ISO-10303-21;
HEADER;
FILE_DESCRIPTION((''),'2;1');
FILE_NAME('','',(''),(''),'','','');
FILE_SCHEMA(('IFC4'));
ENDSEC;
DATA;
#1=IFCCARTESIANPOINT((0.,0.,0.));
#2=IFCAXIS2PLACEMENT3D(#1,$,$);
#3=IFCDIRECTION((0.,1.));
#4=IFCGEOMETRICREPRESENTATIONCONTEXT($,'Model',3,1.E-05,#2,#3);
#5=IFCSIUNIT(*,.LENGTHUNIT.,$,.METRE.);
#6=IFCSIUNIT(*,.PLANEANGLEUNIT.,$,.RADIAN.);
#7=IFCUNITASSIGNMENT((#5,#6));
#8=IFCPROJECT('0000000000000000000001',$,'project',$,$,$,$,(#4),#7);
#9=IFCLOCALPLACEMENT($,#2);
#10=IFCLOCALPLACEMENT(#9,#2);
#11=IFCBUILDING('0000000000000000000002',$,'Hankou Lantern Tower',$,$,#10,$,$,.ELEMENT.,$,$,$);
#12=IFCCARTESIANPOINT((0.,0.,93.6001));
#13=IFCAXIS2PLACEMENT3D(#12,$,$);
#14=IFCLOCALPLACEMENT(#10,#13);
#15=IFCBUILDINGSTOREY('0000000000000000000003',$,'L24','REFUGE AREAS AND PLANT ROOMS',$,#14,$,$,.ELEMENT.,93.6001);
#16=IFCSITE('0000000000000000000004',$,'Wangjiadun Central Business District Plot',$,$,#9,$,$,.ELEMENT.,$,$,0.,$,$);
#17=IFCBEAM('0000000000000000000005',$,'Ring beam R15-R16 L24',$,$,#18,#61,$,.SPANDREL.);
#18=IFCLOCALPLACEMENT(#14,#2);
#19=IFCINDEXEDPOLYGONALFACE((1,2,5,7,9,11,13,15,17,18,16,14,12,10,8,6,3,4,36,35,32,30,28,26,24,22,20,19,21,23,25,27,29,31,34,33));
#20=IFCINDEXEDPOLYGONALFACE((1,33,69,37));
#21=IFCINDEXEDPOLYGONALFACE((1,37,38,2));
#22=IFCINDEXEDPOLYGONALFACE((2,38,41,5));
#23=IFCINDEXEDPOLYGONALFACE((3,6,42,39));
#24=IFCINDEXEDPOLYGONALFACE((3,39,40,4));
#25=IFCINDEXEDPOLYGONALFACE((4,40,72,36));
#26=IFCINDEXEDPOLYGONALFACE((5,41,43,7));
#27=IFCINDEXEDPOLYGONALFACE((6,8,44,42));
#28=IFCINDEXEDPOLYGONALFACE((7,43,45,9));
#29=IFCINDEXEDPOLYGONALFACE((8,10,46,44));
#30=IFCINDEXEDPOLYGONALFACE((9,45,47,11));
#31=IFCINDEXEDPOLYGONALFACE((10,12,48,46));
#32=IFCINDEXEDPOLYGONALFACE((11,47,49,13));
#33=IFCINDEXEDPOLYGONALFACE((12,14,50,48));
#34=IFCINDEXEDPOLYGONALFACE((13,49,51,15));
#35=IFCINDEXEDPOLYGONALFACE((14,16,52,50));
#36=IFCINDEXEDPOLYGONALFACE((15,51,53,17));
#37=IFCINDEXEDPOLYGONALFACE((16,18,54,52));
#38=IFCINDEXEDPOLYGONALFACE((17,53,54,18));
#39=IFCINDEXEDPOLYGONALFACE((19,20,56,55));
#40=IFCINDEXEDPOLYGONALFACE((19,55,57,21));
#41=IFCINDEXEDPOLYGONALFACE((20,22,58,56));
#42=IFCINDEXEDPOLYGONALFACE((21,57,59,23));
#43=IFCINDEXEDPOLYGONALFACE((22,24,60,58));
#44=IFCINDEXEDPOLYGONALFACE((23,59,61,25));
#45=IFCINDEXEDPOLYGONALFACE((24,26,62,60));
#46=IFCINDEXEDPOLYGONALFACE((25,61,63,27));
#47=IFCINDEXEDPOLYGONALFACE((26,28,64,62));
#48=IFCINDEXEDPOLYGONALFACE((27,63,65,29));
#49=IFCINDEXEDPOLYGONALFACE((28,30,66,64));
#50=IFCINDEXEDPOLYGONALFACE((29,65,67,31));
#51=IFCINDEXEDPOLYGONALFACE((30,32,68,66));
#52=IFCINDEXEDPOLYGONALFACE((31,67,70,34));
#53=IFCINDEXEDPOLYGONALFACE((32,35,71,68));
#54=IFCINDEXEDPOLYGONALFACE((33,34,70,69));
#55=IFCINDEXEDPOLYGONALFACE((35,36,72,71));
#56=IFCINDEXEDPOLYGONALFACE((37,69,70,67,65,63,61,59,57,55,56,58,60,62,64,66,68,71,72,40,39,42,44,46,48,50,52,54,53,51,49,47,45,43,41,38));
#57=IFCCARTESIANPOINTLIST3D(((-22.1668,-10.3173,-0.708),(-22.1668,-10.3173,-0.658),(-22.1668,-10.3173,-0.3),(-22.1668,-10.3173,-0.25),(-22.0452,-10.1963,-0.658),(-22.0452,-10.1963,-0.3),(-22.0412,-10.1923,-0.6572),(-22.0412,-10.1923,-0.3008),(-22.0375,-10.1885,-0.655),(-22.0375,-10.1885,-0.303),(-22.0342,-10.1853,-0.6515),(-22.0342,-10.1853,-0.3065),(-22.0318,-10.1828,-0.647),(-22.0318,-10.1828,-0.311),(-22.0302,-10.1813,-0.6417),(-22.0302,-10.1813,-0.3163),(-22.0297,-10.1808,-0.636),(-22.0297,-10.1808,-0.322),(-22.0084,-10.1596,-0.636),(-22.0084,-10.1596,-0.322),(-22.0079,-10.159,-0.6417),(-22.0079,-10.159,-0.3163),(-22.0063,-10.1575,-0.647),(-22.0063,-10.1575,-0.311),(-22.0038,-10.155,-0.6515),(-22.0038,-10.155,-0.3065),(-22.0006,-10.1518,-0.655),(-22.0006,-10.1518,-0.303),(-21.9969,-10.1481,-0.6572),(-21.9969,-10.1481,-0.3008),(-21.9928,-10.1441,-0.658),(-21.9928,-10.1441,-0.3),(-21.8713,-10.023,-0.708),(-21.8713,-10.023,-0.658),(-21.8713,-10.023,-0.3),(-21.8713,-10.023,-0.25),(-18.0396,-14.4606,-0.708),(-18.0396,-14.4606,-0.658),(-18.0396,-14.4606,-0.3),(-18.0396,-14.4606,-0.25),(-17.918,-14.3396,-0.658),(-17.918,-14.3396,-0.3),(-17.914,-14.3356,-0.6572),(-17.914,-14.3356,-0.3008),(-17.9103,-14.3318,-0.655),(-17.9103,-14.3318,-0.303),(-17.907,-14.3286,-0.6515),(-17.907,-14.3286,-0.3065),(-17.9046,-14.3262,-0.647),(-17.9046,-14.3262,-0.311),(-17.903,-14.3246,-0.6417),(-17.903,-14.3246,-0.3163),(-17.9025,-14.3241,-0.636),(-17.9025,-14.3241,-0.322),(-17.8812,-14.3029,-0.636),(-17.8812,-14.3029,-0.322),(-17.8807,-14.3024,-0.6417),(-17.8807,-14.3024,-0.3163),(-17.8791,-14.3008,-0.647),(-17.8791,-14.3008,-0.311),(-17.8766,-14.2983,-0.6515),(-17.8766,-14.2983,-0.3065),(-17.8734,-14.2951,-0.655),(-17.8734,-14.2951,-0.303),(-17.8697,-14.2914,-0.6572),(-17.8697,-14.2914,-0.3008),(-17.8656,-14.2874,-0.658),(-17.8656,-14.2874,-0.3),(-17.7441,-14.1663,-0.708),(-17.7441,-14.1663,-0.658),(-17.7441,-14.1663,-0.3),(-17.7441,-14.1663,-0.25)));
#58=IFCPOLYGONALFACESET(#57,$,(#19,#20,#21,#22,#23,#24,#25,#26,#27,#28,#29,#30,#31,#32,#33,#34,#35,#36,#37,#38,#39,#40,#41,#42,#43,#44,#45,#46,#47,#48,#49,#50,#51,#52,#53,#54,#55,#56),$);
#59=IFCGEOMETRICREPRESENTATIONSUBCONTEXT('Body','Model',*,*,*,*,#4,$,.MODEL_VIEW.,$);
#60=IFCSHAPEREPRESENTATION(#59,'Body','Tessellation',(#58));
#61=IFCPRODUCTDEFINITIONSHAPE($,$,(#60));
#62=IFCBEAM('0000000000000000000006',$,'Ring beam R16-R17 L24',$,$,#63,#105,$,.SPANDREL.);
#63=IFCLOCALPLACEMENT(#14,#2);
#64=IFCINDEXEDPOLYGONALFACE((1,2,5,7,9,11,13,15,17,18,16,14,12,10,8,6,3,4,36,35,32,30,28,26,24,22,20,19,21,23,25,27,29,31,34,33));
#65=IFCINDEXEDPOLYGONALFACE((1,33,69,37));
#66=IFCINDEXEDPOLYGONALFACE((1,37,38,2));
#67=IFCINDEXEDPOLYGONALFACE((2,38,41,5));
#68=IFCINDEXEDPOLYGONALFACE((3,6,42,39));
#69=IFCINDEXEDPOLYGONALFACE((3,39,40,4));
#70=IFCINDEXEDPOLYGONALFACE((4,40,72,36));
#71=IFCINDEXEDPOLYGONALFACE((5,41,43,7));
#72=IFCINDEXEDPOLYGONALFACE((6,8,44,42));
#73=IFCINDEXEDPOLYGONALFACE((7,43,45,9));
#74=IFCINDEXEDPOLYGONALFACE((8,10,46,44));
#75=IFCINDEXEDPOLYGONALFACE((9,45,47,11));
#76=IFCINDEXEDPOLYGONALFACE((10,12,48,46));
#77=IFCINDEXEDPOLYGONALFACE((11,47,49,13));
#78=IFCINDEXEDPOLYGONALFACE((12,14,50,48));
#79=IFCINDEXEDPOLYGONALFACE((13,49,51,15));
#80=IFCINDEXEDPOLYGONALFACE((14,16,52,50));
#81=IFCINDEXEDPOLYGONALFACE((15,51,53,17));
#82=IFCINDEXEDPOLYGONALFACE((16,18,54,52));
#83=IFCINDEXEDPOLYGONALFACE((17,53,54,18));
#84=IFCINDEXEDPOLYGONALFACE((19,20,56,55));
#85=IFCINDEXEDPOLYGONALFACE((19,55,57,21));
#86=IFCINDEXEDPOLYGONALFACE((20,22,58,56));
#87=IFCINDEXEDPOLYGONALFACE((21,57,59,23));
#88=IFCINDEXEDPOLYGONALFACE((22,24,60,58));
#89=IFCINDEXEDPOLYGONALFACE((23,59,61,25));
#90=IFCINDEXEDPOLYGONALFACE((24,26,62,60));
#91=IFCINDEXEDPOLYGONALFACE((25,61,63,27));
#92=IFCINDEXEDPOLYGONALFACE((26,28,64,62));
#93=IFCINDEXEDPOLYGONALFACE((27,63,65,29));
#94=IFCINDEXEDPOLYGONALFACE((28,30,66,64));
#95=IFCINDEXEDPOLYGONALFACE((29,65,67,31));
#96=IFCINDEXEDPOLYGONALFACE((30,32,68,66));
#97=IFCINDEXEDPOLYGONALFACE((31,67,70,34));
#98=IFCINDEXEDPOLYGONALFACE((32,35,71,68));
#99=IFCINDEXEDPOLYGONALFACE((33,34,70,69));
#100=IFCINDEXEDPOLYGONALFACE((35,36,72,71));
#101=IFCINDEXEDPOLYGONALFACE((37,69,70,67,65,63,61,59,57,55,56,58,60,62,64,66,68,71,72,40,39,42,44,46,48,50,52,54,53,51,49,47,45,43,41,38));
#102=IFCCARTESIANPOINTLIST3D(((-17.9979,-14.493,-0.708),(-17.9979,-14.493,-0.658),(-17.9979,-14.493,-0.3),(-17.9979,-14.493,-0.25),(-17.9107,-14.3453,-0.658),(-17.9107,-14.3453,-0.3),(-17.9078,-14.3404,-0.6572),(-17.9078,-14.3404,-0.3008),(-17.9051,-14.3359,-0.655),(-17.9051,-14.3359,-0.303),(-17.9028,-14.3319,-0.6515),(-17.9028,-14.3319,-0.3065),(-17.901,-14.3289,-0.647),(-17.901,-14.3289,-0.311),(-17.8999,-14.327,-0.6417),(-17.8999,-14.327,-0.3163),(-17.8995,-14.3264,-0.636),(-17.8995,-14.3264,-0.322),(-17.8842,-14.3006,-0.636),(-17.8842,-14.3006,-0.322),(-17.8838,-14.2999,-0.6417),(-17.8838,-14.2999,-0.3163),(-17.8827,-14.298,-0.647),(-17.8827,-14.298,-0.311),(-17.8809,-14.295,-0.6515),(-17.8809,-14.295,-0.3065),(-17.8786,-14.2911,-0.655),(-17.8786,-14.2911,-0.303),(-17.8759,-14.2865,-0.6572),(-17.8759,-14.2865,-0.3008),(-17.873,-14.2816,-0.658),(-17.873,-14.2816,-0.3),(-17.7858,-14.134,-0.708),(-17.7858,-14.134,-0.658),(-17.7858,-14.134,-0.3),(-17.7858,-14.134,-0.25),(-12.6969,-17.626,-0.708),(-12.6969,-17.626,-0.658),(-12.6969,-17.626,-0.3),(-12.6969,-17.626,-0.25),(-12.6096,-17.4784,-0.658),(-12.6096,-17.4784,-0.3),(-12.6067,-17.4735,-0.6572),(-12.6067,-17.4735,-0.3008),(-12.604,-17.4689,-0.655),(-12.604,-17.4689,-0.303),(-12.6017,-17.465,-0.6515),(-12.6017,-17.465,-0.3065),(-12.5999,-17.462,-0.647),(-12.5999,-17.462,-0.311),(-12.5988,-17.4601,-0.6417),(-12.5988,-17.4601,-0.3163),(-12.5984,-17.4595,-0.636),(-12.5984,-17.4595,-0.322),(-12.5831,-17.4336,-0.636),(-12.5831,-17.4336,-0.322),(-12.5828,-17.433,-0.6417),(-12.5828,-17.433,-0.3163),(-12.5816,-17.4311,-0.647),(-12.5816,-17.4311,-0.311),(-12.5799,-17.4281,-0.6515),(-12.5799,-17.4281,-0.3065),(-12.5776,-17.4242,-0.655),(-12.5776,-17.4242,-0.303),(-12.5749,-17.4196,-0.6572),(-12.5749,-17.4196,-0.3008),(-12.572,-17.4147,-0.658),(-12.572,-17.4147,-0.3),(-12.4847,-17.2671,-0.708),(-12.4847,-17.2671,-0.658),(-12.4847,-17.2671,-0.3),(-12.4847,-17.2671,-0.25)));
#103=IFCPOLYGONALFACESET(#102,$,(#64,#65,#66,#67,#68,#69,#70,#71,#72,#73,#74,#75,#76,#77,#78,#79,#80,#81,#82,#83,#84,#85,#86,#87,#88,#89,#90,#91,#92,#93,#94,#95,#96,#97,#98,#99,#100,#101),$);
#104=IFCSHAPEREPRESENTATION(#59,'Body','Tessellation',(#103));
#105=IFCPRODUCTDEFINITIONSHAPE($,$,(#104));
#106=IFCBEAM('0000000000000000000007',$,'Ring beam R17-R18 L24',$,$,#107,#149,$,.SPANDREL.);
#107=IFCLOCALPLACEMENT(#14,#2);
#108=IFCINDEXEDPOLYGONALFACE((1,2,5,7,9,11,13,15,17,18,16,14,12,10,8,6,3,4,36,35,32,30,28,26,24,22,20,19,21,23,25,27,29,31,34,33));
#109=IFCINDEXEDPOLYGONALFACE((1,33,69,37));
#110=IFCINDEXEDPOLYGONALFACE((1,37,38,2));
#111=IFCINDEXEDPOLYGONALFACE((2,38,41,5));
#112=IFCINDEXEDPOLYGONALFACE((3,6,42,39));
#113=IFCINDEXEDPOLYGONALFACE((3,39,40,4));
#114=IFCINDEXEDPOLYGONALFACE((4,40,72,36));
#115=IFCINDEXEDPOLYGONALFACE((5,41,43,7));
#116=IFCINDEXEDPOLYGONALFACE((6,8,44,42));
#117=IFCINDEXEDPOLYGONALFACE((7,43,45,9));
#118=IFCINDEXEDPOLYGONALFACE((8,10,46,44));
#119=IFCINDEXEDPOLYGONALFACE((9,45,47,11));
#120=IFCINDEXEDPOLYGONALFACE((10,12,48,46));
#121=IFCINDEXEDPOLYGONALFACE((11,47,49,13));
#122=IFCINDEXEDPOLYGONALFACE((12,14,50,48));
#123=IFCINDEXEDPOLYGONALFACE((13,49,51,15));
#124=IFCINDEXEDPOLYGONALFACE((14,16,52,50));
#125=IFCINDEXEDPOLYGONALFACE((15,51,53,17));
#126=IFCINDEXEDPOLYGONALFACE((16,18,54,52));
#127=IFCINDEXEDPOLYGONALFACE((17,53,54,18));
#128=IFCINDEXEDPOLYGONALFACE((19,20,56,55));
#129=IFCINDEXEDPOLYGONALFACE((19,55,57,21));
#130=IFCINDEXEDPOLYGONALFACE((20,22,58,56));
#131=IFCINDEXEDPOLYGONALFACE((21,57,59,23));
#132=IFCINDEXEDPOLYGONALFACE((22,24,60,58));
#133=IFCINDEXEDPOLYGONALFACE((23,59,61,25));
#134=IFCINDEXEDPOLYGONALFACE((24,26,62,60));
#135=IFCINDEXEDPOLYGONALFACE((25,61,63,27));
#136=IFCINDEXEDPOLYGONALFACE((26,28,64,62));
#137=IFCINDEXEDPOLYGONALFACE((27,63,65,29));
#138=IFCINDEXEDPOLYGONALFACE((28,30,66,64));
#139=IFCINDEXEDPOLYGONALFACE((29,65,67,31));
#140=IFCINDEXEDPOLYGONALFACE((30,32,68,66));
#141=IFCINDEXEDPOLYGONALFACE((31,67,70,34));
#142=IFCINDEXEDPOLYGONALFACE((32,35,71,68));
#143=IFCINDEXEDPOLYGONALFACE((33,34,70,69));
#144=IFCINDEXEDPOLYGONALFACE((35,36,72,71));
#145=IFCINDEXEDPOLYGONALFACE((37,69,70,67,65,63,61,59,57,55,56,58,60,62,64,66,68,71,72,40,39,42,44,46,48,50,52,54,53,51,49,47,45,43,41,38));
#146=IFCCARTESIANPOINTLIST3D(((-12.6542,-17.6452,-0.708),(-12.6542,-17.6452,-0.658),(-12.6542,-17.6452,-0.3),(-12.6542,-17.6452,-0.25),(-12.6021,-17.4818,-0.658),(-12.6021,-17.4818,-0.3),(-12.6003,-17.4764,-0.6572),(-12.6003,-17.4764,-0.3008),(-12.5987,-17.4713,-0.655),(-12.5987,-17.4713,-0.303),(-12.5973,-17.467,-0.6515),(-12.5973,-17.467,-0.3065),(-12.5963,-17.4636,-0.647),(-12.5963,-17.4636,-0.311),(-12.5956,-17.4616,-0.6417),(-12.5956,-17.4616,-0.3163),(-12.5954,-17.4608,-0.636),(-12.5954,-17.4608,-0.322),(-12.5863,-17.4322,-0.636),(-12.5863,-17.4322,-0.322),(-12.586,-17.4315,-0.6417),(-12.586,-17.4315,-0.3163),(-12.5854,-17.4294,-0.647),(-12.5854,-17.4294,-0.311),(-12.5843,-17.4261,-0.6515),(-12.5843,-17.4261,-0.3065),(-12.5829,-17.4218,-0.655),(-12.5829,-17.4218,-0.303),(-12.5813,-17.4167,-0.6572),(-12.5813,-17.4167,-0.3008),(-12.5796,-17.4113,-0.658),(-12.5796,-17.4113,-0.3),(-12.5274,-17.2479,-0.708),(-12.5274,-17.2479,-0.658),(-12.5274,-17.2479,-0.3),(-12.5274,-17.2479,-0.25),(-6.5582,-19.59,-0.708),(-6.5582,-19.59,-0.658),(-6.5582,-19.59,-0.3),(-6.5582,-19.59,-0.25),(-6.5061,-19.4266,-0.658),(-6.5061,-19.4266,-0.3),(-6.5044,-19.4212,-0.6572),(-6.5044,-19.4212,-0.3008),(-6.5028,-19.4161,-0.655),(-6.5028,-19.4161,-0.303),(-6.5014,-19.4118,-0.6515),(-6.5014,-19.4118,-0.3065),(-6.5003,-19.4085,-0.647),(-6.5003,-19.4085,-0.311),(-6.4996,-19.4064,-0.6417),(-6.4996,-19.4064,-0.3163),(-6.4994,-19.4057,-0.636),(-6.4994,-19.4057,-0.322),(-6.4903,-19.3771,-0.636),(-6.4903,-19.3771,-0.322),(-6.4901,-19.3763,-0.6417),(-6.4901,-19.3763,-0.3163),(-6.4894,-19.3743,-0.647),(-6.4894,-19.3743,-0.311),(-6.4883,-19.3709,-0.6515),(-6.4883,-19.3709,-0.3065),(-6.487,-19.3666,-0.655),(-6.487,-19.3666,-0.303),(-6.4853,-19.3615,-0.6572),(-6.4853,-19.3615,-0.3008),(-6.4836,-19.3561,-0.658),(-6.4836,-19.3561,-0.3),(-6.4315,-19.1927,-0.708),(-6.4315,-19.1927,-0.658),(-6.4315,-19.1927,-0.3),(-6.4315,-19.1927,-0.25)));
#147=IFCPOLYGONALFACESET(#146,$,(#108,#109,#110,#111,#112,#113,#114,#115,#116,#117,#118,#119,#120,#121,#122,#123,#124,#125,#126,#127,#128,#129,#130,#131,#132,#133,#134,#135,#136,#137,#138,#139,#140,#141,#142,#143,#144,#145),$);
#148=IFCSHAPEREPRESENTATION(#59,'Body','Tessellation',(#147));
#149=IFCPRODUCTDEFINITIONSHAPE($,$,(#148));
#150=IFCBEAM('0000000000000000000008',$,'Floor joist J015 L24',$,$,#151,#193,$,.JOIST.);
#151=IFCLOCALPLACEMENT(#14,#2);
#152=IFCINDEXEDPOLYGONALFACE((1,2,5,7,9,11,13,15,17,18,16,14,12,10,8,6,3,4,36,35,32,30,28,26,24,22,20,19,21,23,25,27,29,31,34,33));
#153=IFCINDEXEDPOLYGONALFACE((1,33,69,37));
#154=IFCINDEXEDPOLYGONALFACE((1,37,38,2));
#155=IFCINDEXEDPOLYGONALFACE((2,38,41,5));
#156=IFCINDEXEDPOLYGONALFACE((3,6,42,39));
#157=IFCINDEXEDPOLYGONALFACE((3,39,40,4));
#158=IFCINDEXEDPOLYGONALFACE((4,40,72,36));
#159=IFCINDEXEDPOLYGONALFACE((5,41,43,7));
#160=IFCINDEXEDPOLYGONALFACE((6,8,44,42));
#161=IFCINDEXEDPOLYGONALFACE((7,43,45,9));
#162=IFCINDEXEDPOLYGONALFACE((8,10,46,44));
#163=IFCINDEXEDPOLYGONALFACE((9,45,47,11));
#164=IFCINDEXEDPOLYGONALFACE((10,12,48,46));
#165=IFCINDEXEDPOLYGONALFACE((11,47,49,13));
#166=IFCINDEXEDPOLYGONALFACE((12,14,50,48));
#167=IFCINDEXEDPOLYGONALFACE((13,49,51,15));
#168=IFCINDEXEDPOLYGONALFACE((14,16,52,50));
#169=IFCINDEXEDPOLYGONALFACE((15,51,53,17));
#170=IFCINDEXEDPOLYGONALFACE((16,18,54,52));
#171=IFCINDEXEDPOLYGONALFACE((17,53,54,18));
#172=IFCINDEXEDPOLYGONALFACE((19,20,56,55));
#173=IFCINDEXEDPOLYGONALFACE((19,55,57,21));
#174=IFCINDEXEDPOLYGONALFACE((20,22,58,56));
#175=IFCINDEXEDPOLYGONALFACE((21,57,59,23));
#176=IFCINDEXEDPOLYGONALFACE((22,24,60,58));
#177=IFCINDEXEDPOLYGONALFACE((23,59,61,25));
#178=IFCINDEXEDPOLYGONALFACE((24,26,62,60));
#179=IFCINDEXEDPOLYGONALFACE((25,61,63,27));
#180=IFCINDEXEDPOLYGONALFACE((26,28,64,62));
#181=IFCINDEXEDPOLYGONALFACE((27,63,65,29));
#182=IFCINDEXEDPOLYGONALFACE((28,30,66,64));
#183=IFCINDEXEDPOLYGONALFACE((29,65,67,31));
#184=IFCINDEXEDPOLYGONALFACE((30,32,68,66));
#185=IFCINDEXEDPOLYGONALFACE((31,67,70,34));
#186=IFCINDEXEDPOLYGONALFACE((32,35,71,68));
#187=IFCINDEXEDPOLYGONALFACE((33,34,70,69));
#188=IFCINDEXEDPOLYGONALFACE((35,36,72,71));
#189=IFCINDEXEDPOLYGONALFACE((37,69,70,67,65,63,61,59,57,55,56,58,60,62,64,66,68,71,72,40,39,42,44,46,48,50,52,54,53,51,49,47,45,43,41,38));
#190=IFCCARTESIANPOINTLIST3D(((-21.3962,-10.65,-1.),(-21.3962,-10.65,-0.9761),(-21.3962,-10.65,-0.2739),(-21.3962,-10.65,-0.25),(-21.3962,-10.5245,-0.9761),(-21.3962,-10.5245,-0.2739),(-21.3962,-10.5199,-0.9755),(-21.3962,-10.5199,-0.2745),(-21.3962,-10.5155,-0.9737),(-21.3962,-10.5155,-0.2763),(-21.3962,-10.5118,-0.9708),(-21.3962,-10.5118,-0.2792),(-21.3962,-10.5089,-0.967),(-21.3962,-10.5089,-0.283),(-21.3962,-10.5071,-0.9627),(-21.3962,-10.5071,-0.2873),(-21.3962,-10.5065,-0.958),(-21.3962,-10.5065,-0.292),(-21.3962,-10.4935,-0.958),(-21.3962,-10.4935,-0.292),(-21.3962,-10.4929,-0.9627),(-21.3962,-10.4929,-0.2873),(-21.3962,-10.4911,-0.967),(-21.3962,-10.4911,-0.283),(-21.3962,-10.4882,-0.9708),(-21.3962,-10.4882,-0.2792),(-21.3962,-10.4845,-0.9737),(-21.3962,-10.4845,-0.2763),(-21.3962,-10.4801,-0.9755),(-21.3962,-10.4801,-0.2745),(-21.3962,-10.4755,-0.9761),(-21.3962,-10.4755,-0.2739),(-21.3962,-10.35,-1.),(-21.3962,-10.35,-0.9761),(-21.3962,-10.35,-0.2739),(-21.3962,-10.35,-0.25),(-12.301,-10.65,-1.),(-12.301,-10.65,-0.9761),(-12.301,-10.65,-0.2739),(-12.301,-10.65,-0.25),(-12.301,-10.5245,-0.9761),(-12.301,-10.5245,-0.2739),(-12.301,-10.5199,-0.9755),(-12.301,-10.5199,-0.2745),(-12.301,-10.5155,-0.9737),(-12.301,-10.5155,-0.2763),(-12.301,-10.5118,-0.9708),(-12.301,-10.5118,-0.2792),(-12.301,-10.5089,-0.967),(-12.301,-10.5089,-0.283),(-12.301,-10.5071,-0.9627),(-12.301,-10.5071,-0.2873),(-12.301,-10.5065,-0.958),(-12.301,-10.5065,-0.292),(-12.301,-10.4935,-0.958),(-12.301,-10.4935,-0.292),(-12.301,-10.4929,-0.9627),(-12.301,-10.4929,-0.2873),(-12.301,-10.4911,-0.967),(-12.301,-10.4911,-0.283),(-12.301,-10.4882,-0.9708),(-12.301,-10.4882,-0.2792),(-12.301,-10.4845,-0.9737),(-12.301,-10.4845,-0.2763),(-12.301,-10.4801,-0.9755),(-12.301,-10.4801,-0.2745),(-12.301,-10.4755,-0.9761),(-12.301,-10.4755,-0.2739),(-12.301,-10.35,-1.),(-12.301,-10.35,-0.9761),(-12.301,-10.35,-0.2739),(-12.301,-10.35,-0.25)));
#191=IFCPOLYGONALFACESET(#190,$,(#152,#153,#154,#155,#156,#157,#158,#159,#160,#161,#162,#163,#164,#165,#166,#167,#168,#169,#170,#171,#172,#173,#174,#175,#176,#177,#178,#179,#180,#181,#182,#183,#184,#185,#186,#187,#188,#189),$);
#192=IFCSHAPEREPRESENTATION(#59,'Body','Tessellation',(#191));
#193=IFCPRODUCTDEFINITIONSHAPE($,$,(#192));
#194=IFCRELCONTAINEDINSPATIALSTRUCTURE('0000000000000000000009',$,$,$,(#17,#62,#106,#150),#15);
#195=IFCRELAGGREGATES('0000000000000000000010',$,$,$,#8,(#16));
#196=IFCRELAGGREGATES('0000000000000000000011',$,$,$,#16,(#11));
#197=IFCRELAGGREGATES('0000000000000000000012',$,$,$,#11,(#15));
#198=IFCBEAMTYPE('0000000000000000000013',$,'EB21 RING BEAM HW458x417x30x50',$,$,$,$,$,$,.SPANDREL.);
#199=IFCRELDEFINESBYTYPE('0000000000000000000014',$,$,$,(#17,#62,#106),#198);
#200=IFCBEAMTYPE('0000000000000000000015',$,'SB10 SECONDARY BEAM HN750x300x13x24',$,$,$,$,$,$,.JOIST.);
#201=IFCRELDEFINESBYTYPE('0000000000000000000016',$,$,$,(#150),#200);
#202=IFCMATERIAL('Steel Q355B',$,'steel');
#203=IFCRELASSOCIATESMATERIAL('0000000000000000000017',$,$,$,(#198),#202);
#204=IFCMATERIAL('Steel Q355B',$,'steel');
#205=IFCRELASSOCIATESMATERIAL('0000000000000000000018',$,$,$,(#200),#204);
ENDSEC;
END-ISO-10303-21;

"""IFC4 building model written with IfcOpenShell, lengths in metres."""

from ifc_helpers import new_model, si_unit, direction, frame, origin, origin_2d, place, context, subcontext, project, spatial, i_section, extrude, material, material_profile, profile_set, type_object, element, save


model = new_model("IFC4")

# Units and contexts
model_context = context("Model", 3, precision=1e-05, world=origin(), true_north=direction((0.0, 1.0)))
body_context = subcontext(model_context, "Body", "Model", "MODEL_VIEW")
ifc_project = project(units=[si_unit("LENGTHUNIT", "METRE"), si_unit("PLANEANGLEUNIT", "RADIAN")], contexts=[model_context])

# Site, building, storey
site_placement = place(None, origin())
site = spatial("IfcSite", under=ifc_project, at=site_placement, Name="Wangjiadun Central Business District Plot", CompositionType="ELEMENT", RefElevation=0.0)
building_placement = place(site_placement, origin())
building = spatial("IfcBuilding", under=site, at=building_placement, Name="Hankou Lantern Tower", CompositionType="ELEMENT")
storey_placement = place(building_placement, frame((0.0, 0.0, 93.6001)))
storey = spatial("IfcBuildingStorey", under=building, at=storey_placement, Name="L24", Description="REFUGE AREAS AND PLANT ROOMS", CompositionType="ELEMENT", Elevation=93.6001)

# Beams
ifc_material_1 = material(Name="Steel Q355B", Category="steel")
ifc_material_profile_1 = material_profile(ifc_material_1, i_section(OverallWidth=0.417, OverallDepth=0.458, WebThickness=0.03, FlangeThickness=0.05, FilletRadius=0.022, at=origin_2d()), Name="HW458x417x30x50")
ifc_profile_set_1 = profile_set([ifc_material_profile_1], Name="Steel Q355B")
beam_type_1 = type_object("IfcBeamType", Name="EB21 RING BEAM HW458x417x30x50", PredefinedType="SPANDREL", material=ifc_profile_set_1)
beam_1_placement = place(storey_placement, frame((-22.019, -10.1702, -0.479), z_axis=(0.705728, -0.708483, 0.0), x_axis=(0.708483, 0.705728, 0.0)))
element("IfcBeam", 1, at=beam_1_placement, inside=storey, type_object=beam_type_1, Name="Ring beam R15-R16 L24", PredefinedType="SPANDREL", context=body_context, shape_type="SweptSolid", body=[
    extrude(i_section(OverallWidth=0.417, OverallDepth=0.458, WebThickness=0.03, FlangeThickness=0.05, FilletRadius=0.022, at=origin_2d()), origin(), (0.0, 0.0, 1.0), 5.8481),
])
beam_2_placement = place(storey_placement, frame((-17.8918, -14.3135, -0.479), z_axis=(0.860882, -0.508805, 0.0), x_axis=(0.508805, 0.860882, 0.0)))
element("IfcBeam", 2, at=beam_2_placement, inside=storey, type_object=beam_type_1, Name="Ring beam R16-R17 L24", PredefinedType="SPANDREL", context=body_context, shape_type="SweptSolid", body=[
    extrude(i_section(OverallWidth=0.417, OverallDepth=0.458, WebThickness=0.03, FlangeThickness=0.05, FilletRadius=0.022, at=origin_2d()), origin(), (0.0, 0.0, 1.0), 6.1577),
])
beam_3_placement = place(storey_placement, frame((-12.5908, -17.4465, -0.479), z_axis=(0.95269, -0.303942, 0.0), x_axis=(0.303942, 0.95269, 0.0)))
element("IfcBeam", 3, at=beam_3_placement, inside=storey, type_object=beam_type_1, Name="Ring beam R17-R18 L24", PredefinedType="SPANDREL", context=body_context, shape_type="SweptSolid", body=[
    extrude(i_section(OverallWidth=0.417, OverallDepth=0.458, WebThickness=0.03, FlangeThickness=0.05, FilletRadius=0.022, at=origin_2d()), origin(), (0.0, 0.0, 1.0), 6.3987),
])
ifc_material_2 = material(Name="Steel Q355B", Category="steel")
ifc_material_profile_2 = material_profile(ifc_material_2, i_section(OverallWidth=0.3, OverallDepth=0.75, WebThickness=0.0129, FlangeThickness=0.0239, FilletRadius=0.0181, at=origin_2d()), Name="HN750x300x13x24")
ifc_profile_set_2 = profile_set([ifc_material_profile_2], Name="Steel Q355B")
beam_type_2 = type_object("IfcBeamType", Name="SB10 SECONDARY BEAM HN750x300x13x24", PredefinedType="JOIST", material=ifc_profile_set_2)
beam_4_placement = place(storey_placement, frame((-21.3962, -10.5, -0.625), z_axis=(1.0, 0.0, 0.0), x_axis=(0.0, 1.0, 0.0)))
element("IfcBeam", 4, at=beam_4_placement, inside=storey, type_object=beam_type_2, Name="Floor joist J015 L24", PredefinedType="JOIST", context=body_context, shape_type="SweptSolid", body=[
    extrude(i_section(OverallWidth=0.3, OverallDepth=0.75, WebThickness=0.0129, FlangeThickness=0.0239, FilletRadius=0.0181, at=origin_2d()), origin(), (0.0, 0.0, 1.0), 9.0952),
])

save(model, "model.ifc")
